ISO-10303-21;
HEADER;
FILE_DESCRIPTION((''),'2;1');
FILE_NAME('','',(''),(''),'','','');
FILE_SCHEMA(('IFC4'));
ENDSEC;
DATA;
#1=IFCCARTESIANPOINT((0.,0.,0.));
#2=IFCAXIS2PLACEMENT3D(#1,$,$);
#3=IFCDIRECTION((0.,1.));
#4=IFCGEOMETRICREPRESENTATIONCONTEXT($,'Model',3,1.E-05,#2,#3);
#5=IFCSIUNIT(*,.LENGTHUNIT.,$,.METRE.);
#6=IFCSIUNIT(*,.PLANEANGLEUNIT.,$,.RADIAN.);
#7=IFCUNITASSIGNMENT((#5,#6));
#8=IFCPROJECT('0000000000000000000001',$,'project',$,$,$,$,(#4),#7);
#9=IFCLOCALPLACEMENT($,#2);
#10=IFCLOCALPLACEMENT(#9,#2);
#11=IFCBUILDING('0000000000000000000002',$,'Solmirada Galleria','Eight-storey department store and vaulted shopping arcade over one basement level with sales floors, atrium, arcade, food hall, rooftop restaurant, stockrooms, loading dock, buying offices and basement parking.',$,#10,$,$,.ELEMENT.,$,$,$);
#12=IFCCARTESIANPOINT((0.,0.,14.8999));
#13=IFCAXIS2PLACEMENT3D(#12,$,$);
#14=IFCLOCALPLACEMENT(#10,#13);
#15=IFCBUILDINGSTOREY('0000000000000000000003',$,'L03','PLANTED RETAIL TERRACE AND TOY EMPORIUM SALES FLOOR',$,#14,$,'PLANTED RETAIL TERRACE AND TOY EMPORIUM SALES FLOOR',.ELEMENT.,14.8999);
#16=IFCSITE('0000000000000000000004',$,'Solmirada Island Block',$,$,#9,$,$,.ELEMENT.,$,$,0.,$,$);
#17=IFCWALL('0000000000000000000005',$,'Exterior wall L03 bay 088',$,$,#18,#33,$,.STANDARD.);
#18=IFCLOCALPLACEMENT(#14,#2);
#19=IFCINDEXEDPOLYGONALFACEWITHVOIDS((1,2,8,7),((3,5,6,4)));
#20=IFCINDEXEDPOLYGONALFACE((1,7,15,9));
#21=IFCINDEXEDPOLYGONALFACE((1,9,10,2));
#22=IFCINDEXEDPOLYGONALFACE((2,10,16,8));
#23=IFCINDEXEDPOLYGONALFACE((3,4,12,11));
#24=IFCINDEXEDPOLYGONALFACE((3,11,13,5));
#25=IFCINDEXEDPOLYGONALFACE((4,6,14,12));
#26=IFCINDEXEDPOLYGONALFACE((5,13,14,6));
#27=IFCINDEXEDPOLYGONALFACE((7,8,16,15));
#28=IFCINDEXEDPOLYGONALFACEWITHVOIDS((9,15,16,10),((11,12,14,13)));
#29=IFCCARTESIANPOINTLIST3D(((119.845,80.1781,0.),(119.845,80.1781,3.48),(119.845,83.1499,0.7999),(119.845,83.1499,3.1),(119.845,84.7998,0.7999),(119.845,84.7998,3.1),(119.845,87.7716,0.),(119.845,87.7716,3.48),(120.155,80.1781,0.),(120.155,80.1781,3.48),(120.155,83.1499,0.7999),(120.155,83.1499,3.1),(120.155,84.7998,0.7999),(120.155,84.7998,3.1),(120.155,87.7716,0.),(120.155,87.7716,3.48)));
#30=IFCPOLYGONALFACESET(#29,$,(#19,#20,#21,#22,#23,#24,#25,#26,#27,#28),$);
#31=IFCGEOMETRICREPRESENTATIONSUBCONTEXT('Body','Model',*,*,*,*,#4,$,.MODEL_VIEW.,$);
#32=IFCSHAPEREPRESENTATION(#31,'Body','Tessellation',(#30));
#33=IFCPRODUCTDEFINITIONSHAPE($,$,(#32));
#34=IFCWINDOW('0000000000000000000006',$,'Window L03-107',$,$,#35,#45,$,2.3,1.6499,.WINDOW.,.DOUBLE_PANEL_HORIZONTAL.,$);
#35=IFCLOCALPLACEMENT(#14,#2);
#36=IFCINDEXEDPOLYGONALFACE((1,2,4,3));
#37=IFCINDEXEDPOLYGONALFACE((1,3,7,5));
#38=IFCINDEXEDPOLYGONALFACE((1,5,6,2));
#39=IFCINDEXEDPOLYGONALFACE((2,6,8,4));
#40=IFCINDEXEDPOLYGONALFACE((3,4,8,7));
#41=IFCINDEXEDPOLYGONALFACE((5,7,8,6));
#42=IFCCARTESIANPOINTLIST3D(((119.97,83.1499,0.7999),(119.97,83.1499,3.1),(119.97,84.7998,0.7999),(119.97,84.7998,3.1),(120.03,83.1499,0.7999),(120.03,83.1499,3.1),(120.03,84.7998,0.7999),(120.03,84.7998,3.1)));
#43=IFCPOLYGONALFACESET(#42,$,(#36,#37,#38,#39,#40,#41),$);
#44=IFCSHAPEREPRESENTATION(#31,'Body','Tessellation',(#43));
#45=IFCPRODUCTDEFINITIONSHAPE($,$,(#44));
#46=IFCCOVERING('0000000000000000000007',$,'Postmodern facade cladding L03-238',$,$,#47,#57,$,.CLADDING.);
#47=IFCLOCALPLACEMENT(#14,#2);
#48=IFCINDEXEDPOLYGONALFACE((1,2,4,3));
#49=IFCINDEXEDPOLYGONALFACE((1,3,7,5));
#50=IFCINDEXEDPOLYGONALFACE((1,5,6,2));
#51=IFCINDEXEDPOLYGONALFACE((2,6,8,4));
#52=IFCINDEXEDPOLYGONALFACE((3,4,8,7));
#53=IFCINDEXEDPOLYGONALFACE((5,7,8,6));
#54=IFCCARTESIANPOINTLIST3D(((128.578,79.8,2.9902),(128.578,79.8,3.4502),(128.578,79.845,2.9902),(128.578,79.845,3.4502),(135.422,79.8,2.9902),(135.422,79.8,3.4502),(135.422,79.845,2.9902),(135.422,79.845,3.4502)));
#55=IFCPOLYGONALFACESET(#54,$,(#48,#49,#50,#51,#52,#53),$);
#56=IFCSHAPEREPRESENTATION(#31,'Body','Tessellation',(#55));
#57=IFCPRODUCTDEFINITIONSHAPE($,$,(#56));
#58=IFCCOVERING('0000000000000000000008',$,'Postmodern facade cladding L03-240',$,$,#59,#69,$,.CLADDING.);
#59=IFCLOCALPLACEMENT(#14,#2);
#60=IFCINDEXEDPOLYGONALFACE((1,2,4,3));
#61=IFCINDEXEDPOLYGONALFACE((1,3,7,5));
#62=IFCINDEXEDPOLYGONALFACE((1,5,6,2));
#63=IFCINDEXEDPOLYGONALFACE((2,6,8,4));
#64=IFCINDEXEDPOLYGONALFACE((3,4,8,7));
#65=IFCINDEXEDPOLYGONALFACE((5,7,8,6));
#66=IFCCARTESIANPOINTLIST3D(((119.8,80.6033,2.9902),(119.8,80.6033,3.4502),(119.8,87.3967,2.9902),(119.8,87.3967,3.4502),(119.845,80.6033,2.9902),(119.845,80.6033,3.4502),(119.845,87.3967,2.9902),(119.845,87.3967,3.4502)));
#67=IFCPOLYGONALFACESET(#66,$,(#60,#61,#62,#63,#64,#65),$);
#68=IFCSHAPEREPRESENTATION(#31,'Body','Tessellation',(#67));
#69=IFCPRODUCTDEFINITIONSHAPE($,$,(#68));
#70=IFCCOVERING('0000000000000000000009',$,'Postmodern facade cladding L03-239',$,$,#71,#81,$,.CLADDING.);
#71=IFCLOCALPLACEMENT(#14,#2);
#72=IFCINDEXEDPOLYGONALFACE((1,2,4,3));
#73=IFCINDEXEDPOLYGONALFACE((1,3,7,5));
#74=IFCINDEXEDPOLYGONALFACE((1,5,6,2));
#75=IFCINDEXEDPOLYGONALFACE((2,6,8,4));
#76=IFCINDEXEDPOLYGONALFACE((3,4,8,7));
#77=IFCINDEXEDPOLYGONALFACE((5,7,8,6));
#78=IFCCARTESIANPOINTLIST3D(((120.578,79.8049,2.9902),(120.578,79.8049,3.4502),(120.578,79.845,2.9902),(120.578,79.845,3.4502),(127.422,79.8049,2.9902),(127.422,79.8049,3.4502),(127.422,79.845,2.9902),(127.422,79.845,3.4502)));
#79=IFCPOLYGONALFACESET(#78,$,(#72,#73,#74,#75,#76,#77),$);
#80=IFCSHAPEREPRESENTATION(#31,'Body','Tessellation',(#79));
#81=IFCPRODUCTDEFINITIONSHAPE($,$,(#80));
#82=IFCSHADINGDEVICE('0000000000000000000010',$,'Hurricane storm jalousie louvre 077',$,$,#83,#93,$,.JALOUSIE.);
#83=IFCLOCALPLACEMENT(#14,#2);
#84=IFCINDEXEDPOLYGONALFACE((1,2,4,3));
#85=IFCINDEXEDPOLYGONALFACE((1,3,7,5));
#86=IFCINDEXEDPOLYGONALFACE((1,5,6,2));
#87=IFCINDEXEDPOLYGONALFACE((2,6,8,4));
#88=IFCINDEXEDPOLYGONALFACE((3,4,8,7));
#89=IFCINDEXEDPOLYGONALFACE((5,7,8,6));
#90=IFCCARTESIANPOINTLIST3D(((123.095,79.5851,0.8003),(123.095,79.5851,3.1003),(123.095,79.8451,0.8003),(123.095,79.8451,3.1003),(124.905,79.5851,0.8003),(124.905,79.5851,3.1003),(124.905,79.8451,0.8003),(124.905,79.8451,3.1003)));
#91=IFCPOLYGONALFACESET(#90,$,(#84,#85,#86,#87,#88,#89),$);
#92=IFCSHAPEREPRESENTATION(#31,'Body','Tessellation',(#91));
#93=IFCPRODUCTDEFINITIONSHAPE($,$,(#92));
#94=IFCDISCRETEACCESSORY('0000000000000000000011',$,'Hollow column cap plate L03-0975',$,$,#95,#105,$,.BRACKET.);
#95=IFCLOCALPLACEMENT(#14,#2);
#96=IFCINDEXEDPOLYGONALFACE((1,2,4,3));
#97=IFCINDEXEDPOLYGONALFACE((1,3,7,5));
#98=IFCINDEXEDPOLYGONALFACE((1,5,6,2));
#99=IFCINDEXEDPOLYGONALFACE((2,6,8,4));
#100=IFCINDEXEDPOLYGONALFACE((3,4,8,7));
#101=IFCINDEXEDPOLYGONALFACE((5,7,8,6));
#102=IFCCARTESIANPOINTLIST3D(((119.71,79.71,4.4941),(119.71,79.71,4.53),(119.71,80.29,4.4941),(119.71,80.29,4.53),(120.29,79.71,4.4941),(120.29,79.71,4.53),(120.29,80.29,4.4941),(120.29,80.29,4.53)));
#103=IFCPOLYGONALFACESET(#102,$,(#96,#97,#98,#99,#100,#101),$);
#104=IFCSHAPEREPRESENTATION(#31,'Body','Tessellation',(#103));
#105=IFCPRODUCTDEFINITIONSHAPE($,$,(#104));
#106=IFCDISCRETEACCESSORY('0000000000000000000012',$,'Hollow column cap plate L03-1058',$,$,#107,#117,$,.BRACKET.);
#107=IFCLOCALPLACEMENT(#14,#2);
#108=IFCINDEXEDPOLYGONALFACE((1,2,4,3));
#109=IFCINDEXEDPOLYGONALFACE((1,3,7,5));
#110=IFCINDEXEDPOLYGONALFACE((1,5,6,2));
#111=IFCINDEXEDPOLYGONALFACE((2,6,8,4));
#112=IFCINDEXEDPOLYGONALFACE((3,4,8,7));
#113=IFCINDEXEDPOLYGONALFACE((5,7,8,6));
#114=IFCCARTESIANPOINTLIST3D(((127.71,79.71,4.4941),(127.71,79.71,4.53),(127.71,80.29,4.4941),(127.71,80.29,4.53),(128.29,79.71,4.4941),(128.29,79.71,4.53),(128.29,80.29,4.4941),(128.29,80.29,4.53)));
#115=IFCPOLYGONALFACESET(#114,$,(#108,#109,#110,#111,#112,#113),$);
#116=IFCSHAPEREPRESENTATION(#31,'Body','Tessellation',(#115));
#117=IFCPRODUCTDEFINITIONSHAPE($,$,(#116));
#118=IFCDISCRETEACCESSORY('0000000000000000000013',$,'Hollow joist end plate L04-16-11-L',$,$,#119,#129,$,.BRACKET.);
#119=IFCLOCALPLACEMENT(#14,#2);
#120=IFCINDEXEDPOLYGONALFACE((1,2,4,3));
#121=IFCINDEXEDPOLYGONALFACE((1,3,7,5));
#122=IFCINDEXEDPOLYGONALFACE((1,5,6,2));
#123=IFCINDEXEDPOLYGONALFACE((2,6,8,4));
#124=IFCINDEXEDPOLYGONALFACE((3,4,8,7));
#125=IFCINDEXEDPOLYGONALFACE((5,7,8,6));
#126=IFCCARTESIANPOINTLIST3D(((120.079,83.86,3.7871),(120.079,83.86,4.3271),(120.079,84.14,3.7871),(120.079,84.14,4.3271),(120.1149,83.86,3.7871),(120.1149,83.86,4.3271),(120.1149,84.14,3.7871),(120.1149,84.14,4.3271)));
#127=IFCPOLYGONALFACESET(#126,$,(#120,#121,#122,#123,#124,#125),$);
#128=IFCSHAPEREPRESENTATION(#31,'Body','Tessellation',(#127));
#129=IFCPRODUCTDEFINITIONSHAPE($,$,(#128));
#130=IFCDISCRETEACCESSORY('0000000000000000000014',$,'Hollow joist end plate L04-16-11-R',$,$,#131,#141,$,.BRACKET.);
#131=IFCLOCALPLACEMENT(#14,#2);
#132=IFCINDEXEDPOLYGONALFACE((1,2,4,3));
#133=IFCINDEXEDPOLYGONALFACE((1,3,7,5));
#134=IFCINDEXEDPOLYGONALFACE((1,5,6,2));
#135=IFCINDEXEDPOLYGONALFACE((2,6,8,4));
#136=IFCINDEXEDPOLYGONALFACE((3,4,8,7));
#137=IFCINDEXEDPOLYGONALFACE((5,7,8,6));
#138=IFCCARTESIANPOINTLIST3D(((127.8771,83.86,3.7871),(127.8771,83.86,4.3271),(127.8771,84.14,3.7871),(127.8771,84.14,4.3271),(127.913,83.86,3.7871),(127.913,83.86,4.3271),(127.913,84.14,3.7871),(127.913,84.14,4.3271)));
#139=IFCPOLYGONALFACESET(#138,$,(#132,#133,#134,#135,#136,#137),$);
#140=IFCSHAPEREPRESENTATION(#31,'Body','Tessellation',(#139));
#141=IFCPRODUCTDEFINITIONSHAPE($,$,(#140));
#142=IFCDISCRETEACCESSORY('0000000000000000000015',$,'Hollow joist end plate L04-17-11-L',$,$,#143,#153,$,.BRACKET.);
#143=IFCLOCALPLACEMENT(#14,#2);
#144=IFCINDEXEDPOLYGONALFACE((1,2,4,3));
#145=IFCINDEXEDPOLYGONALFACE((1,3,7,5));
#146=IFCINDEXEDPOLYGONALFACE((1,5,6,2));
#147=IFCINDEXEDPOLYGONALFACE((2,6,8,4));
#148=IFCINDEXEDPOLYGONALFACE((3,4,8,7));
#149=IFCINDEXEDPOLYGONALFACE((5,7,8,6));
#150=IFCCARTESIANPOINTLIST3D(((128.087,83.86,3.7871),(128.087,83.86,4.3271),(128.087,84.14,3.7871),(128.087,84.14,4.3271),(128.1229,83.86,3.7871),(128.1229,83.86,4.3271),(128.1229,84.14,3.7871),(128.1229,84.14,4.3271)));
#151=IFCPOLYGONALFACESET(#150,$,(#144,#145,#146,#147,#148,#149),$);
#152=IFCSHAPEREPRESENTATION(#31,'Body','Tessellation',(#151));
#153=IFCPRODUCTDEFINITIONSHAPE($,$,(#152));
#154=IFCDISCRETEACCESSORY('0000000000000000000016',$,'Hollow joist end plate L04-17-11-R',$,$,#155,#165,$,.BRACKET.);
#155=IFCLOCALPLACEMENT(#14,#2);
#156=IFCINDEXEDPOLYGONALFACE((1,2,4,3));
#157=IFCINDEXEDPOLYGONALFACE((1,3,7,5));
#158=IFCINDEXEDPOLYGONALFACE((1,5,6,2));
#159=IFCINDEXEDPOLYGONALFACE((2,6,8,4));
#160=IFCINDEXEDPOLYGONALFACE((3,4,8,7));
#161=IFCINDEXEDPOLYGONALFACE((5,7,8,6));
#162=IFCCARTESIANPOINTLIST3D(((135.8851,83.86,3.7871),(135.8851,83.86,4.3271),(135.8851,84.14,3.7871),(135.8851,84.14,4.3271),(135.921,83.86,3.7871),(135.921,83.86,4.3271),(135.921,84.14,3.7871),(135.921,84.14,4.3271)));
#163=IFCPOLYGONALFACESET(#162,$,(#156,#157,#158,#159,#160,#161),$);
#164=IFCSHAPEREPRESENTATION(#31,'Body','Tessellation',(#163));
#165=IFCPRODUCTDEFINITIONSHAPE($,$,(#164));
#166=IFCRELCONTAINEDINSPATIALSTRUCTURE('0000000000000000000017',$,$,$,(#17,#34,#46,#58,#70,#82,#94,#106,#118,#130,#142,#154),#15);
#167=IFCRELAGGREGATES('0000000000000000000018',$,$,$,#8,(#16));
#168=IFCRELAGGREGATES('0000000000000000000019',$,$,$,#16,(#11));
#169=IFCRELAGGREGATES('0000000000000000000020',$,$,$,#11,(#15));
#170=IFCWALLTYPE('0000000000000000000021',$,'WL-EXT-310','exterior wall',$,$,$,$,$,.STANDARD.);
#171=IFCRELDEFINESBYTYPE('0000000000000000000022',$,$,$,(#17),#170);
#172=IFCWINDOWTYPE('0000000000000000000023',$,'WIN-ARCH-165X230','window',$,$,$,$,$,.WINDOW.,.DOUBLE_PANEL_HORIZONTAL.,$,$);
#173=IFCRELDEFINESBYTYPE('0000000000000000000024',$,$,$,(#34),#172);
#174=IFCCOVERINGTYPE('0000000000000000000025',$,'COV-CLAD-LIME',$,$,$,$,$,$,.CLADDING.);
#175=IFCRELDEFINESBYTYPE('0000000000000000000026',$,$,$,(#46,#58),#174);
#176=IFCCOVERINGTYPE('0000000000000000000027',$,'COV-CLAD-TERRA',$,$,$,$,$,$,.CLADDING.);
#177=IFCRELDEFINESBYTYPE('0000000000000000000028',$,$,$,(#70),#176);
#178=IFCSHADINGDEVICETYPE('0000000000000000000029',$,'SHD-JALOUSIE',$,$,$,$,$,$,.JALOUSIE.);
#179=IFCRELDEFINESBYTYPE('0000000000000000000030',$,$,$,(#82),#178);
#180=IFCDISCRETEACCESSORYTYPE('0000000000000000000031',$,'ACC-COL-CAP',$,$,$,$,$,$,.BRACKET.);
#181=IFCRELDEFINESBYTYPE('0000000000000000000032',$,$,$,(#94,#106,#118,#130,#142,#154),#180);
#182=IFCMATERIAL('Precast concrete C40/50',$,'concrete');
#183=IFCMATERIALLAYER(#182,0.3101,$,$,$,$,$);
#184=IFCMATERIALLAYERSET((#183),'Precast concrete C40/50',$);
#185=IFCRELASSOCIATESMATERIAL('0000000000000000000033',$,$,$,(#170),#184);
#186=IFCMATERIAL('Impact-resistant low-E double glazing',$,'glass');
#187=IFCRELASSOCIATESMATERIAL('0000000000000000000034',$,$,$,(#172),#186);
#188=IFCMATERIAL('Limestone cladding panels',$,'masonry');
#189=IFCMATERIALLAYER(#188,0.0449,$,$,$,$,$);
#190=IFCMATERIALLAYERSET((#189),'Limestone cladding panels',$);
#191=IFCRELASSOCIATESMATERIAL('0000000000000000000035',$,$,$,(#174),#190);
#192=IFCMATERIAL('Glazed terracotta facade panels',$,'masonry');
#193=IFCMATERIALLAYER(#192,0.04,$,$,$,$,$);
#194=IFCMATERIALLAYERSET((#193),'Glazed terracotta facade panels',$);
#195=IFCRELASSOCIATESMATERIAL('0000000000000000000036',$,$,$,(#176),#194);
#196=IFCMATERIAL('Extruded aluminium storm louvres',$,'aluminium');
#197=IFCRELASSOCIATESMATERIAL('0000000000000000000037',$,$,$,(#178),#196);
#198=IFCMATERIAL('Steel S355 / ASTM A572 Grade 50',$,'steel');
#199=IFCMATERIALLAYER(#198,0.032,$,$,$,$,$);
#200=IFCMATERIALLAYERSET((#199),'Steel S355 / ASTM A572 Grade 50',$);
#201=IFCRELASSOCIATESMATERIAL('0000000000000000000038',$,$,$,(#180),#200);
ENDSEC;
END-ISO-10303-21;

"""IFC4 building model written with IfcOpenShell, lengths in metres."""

from ifc_helpers import new_model, si_unit, direction, frame, frame_2d, origin, origin_2d, place, context, subcontext, project, spatial, rectangle, extrude, material, layer, layer_set, type_object, element, fill, save


model = new_model("IFC4")

# Units and contexts
model_context = context("Model", 3, precision=1e-05, world=origin(), true_north=direction((0.0, 1.0)))
body_context = subcontext(model_context, "Body", "Model", "MODEL_VIEW")
ifc_project = project(units=[si_unit("LENGTHUNIT", "METRE"), si_unit("PLANEANGLEUNIT", "RADIAN")], contexts=[model_context])

# Site, building, storey
site_placement = place(None, origin())
site = spatial("IfcSite", under=ifc_project, at=site_placement, Name="Solmirada Island Block", CompositionType="ELEMENT", RefElevation=0.0)
building_placement = place(site_placement, origin())
building = spatial("IfcBuilding", under=site, at=building_placement, Name="Solmirada Galleria", Description="Eight-storey department store and vaulted shopping arcade over one basement level with sales floors, atrium, arcade, food hall, rooftop restaurant, stockrooms, loading dock, buying offices and basement parking.", CompositionType="ELEMENT")
storey_placement = place(building_placement, frame((0.0, 0.0, 14.8999)))
storey = spatial("IfcBuildingStorey", under=building, at=storey_placement, Name="L03", Description="PLANTED RETAIL TERRACE AND TOY EMPORIUM SALES FLOOR", LongName="PLANTED RETAIL TERRACE AND TOY EMPORIUM SALES FLOOR", CompositionType="ELEMENT", Elevation=14.8999)

# Shared definitions
ifc_material_1 = material(Name="Impact-resistant low-E double glazing", Category="glass")

# Shared definitions
ifc_material_2 = material(Name="Precast concrete C40/50", Category="concrete")
ifc_layer_1 = layer(ifc_material_2, 0.3101)
ifc_layer_set_1 = layer_set([ifc_layer_1], Name="Precast concrete C40/50")
wall_type = type_object("IfcWallType", Name="WL-EXT-310", Description="exterior wall", PredefinedType="STANDARD", material=ifc_layer_set_1)

# Wall, opening, window
window_type = type_object("IfcWindowType", Name="WIN-ARCH-165X230", Description="window", PartitioningType="DOUBLE_PANEL_HORIZONTAL", PredefinedType="WINDOW", material=ifc_material_1)
wall_1_placement = place(storey_placement, frame((120.0, 80.178, 0.0), z_axis=(0.0, 0.0, 1.0), x_axis=(0.0, 1.0, 0.0)))
wall_1 = element("IfcWall", 1, at=wall_1_placement, inside=storey, type_object=wall_type, Name="Exterior wall L03 bay 088", PredefinedType="STANDARD", context=body_context, shape_type="SweptSolid", body=[
    extrude(rectangle(XDim=7.5935, YDim=0.3101, at=frame_2d((3.7969, 0.0))), origin(), (0.0, 0.0, 1.0), 3.48),
])
opening_1_placement = place(wall_1_placement, frame((2.9719, 0.0, 0.8)))
opening_1 = element("IfcOpeningElement", 2, at=opening_1_placement, cuts=wall_1, PredefinedType="OPENING", context=body_context, shape_type="SweptSolid", body=[
    extrude(rectangle(XDim=1.6499, YDim=2.3, at=frame_2d((0.825, 1.1499))), frame((0.0, 0.165, 0.0), z_axis=(0.0, -1.0, 0.0), x_axis=(1.0, 0.0, 0.0)), (0.0, 0.0, 1.0), 0.3301),
])
window_1_placement = place(opening_1_placement, origin())
window_1 = element("IfcWindow", 3, at=window_1_placement, inside=storey, type_object=window_type, Name="Window L03-107", OverallHeight=2.3, OverallWidth=1.6499, PartitioningType="DOUBLE_PANEL_HORIZONTAL", PredefinedType="WINDOW", context=body_context, shape_type="SweptSolid", body=[
    extrude(rectangle(XDim=1.6499, YDim=2.3, at=frame_2d((0.825, 1.1499))), frame((0.0, 0.03, 0.0), z_axis=(0.0, -1.0, 0.0), x_axis=(1.0, 0.0, 0.0)), (0.0, 0.0, 1.0), 0.0601),
])
fill(opening_1, window_1)

# Coverings
ifc_material_3 = material(Name="Limestone cladding panels", Category="masonry")
ifc_layer_2 = layer(ifc_material_3, 0.0449)
ifc_layer_set_2 = layer_set([ifc_layer_2], Name="Limestone cladding panels")
covering_type_1 = type_object("IfcCoveringType", Name="COV-CLAD-LIME", PredefinedType="CLADDING", material=ifc_layer_set_2)
covering_1_placement = place(storey_placement, frame((132.0, 79.8225, 2.9902), z_axis=(0.0, 0.0, 1.0), x_axis=(-1.0, 0.0, 0.0)))
element("IfcCovering", 4, at=covering_1_placement, inside=storey, type_object=covering_type_1, Name="Postmodern facade cladding L03-238", PredefinedType="CLADDING", context=body_context, shape_type="SweptSolid", body=[
    extrude(rectangle(XDim=6.844, YDim=0.0449, at=origin_2d()), origin(), (0.0, 0.0, 1.0), 0.46),
])
covering_2_placement = place(storey_placement, frame((119.8225, 84.0, 2.9902), z_axis=(0.0, 0.0, 1.0), x_axis=(0.0, 1.0, 0.0)))
element("IfcCovering", 5, at=covering_2_placement, inside=storey, type_object=covering_type_1, Name="Postmodern facade cladding L03-240", PredefinedType="CLADDING", context=body_context, shape_type="SweptSolid", body=[
    extrude(rectangle(XDim=6.7935, YDim=0.0449, at=origin_2d()), origin(), (0.0, 0.0, 1.0), 0.46),
])
ifc_material_4 = material(Name="Glazed terracotta facade panels", Category="masonry")
ifc_layer_3 = layer(ifc_material_4, 0.04)
ifc_layer_set_3 = layer_set([ifc_layer_3], Name="Glazed terracotta facade panels")
covering_type_2 = type_object("IfcCoveringType", Name="COV-CLAD-TERRA", PredefinedType="CLADDING", material=ifc_layer_set_3)
covering_3_placement = place(storey_placement, frame((124.0, 79.825, 2.9902), z_axis=(0.0, 0.0, 1.0), x_axis=(-1.0, 0.0, 0.0)))
element("IfcCovering", 6, at=covering_3_placement, inside=storey, type_object=covering_type_2, Name="Postmodern facade cladding L03-239", PredefinedType="CLADDING", context=body_context, shape_type="SweptSolid", body=[
    extrude(rectangle(XDim=6.844, YDim=0.04, at=origin_2d()), origin(), (0.0, 0.0, 1.0), 0.46),
])

# Shading device
ifc_material_5 = material(Name="Extruded aluminium storm louvres", Category="aluminium")
shading_device_type = type_object("IfcShadingDeviceType", Name="SHD-JALOUSIE", PredefinedType="JALOUSIE", material=ifc_material_5)
shading_device_placement = place(storey_placement, frame((124.0, 79.7151, 0.8003), z_axis=(0.0, 0.0, 1.0), x_axis=(-1.0, 0.0, 0.0)))
element("IfcShadingDevice", 7, at=shading_device_placement, inside=storey, type_object=shading_device_type, Name="Hurricane storm jalousie louvre 077", PredefinedType="JALOUSIE", context=body_context, shape_type="SweptSolid", body=[
    extrude(rectangle(XDim=1.8101, YDim=0.26, at=origin_2d()), origin(), (0.0, 0.0, 1.0), 2.3),
])

# Discrete accessories
ifc_material_6 = material(Name="Steel S355 / ASTM A572 Grade 50", Category="steel")
ifc_layer_4 = layer(ifc_material_6, 0.032)
ifc_layer_set_4 = layer_set([ifc_layer_4], Name="Steel S355 / ASTM A572 Grade 50")
discrete_accessory_type = type_object("IfcDiscreteAccessoryType", Name="ACC-COL-CAP", PredefinedType="BRACKET", material=ifc_layer_set_4)
for number, where, z_axis, x_axis, name in (
    (8, (120.0, 80.0, 4.4941), (0.0, 0.0, 1.0), (1.0, 0.0, 0.0), "Hollow column cap plate L03-0975"),
    (9, (128.0, 80.0, 4.4941), (0.0, 0.0, 1.0), (1.0, 0.0, 0.0), "Hollow column cap plate L03-1058"),
):
    element("IfcDiscreteAccessory", number, at=place(storey_placement, frame(where, z_axis=z_axis, x_axis=x_axis)), inside=storey, type_object=discrete_accessory_type, Name=name, PredefinedType="BRACKET", context=body_context, shape_type="SweptSolid", body=[
        extrude(rectangle(XDim=0.5801, YDim=0.5801, at=origin_2d()), origin(), (0.0, 0.0, 1.0), 0.0359),
    ])
for number, where, z_axis, x_axis, name in (
    (10, (120.0969, 84.0, 3.7871), (0.0, 0.0, 1.0), (1.0, 0.0, 0.0), "Hollow joist end plate L04-16-11-L"),
    (11, (127.895, 84.0, 3.7871), (0.0, 0.0, 1.0), (1.0, 0.0, 0.0), "Hollow joist end plate L04-16-11-R"),
    (12, (128.105, 84.0, 3.7871), (0.0, 0.0, 1.0), (1.0, 0.0, 0.0), "Hollow joist end plate L04-17-11-L"),
    (13, (135.9031, 84.0, 3.7871), (0.0, 0.0, 1.0), (1.0, 0.0, 0.0), "Hollow joist end plate L04-17-11-R"),
):
    element("IfcDiscreteAccessory", number, at=place(storey_placement, frame(where, z_axis=z_axis, x_axis=x_axis)), inside=storey, type_object=discrete_accessory_type, Name=name, PredefinedType="BRACKET", context=body_context, shape_type="SweptSolid", body=[
        extrude(rectangle(XDim=0.0359, YDim=0.28, at=origin_2d()), origin(), (0.0, 0.0, 1.0), 0.54),
    ])

save(model, "model.ifc")
